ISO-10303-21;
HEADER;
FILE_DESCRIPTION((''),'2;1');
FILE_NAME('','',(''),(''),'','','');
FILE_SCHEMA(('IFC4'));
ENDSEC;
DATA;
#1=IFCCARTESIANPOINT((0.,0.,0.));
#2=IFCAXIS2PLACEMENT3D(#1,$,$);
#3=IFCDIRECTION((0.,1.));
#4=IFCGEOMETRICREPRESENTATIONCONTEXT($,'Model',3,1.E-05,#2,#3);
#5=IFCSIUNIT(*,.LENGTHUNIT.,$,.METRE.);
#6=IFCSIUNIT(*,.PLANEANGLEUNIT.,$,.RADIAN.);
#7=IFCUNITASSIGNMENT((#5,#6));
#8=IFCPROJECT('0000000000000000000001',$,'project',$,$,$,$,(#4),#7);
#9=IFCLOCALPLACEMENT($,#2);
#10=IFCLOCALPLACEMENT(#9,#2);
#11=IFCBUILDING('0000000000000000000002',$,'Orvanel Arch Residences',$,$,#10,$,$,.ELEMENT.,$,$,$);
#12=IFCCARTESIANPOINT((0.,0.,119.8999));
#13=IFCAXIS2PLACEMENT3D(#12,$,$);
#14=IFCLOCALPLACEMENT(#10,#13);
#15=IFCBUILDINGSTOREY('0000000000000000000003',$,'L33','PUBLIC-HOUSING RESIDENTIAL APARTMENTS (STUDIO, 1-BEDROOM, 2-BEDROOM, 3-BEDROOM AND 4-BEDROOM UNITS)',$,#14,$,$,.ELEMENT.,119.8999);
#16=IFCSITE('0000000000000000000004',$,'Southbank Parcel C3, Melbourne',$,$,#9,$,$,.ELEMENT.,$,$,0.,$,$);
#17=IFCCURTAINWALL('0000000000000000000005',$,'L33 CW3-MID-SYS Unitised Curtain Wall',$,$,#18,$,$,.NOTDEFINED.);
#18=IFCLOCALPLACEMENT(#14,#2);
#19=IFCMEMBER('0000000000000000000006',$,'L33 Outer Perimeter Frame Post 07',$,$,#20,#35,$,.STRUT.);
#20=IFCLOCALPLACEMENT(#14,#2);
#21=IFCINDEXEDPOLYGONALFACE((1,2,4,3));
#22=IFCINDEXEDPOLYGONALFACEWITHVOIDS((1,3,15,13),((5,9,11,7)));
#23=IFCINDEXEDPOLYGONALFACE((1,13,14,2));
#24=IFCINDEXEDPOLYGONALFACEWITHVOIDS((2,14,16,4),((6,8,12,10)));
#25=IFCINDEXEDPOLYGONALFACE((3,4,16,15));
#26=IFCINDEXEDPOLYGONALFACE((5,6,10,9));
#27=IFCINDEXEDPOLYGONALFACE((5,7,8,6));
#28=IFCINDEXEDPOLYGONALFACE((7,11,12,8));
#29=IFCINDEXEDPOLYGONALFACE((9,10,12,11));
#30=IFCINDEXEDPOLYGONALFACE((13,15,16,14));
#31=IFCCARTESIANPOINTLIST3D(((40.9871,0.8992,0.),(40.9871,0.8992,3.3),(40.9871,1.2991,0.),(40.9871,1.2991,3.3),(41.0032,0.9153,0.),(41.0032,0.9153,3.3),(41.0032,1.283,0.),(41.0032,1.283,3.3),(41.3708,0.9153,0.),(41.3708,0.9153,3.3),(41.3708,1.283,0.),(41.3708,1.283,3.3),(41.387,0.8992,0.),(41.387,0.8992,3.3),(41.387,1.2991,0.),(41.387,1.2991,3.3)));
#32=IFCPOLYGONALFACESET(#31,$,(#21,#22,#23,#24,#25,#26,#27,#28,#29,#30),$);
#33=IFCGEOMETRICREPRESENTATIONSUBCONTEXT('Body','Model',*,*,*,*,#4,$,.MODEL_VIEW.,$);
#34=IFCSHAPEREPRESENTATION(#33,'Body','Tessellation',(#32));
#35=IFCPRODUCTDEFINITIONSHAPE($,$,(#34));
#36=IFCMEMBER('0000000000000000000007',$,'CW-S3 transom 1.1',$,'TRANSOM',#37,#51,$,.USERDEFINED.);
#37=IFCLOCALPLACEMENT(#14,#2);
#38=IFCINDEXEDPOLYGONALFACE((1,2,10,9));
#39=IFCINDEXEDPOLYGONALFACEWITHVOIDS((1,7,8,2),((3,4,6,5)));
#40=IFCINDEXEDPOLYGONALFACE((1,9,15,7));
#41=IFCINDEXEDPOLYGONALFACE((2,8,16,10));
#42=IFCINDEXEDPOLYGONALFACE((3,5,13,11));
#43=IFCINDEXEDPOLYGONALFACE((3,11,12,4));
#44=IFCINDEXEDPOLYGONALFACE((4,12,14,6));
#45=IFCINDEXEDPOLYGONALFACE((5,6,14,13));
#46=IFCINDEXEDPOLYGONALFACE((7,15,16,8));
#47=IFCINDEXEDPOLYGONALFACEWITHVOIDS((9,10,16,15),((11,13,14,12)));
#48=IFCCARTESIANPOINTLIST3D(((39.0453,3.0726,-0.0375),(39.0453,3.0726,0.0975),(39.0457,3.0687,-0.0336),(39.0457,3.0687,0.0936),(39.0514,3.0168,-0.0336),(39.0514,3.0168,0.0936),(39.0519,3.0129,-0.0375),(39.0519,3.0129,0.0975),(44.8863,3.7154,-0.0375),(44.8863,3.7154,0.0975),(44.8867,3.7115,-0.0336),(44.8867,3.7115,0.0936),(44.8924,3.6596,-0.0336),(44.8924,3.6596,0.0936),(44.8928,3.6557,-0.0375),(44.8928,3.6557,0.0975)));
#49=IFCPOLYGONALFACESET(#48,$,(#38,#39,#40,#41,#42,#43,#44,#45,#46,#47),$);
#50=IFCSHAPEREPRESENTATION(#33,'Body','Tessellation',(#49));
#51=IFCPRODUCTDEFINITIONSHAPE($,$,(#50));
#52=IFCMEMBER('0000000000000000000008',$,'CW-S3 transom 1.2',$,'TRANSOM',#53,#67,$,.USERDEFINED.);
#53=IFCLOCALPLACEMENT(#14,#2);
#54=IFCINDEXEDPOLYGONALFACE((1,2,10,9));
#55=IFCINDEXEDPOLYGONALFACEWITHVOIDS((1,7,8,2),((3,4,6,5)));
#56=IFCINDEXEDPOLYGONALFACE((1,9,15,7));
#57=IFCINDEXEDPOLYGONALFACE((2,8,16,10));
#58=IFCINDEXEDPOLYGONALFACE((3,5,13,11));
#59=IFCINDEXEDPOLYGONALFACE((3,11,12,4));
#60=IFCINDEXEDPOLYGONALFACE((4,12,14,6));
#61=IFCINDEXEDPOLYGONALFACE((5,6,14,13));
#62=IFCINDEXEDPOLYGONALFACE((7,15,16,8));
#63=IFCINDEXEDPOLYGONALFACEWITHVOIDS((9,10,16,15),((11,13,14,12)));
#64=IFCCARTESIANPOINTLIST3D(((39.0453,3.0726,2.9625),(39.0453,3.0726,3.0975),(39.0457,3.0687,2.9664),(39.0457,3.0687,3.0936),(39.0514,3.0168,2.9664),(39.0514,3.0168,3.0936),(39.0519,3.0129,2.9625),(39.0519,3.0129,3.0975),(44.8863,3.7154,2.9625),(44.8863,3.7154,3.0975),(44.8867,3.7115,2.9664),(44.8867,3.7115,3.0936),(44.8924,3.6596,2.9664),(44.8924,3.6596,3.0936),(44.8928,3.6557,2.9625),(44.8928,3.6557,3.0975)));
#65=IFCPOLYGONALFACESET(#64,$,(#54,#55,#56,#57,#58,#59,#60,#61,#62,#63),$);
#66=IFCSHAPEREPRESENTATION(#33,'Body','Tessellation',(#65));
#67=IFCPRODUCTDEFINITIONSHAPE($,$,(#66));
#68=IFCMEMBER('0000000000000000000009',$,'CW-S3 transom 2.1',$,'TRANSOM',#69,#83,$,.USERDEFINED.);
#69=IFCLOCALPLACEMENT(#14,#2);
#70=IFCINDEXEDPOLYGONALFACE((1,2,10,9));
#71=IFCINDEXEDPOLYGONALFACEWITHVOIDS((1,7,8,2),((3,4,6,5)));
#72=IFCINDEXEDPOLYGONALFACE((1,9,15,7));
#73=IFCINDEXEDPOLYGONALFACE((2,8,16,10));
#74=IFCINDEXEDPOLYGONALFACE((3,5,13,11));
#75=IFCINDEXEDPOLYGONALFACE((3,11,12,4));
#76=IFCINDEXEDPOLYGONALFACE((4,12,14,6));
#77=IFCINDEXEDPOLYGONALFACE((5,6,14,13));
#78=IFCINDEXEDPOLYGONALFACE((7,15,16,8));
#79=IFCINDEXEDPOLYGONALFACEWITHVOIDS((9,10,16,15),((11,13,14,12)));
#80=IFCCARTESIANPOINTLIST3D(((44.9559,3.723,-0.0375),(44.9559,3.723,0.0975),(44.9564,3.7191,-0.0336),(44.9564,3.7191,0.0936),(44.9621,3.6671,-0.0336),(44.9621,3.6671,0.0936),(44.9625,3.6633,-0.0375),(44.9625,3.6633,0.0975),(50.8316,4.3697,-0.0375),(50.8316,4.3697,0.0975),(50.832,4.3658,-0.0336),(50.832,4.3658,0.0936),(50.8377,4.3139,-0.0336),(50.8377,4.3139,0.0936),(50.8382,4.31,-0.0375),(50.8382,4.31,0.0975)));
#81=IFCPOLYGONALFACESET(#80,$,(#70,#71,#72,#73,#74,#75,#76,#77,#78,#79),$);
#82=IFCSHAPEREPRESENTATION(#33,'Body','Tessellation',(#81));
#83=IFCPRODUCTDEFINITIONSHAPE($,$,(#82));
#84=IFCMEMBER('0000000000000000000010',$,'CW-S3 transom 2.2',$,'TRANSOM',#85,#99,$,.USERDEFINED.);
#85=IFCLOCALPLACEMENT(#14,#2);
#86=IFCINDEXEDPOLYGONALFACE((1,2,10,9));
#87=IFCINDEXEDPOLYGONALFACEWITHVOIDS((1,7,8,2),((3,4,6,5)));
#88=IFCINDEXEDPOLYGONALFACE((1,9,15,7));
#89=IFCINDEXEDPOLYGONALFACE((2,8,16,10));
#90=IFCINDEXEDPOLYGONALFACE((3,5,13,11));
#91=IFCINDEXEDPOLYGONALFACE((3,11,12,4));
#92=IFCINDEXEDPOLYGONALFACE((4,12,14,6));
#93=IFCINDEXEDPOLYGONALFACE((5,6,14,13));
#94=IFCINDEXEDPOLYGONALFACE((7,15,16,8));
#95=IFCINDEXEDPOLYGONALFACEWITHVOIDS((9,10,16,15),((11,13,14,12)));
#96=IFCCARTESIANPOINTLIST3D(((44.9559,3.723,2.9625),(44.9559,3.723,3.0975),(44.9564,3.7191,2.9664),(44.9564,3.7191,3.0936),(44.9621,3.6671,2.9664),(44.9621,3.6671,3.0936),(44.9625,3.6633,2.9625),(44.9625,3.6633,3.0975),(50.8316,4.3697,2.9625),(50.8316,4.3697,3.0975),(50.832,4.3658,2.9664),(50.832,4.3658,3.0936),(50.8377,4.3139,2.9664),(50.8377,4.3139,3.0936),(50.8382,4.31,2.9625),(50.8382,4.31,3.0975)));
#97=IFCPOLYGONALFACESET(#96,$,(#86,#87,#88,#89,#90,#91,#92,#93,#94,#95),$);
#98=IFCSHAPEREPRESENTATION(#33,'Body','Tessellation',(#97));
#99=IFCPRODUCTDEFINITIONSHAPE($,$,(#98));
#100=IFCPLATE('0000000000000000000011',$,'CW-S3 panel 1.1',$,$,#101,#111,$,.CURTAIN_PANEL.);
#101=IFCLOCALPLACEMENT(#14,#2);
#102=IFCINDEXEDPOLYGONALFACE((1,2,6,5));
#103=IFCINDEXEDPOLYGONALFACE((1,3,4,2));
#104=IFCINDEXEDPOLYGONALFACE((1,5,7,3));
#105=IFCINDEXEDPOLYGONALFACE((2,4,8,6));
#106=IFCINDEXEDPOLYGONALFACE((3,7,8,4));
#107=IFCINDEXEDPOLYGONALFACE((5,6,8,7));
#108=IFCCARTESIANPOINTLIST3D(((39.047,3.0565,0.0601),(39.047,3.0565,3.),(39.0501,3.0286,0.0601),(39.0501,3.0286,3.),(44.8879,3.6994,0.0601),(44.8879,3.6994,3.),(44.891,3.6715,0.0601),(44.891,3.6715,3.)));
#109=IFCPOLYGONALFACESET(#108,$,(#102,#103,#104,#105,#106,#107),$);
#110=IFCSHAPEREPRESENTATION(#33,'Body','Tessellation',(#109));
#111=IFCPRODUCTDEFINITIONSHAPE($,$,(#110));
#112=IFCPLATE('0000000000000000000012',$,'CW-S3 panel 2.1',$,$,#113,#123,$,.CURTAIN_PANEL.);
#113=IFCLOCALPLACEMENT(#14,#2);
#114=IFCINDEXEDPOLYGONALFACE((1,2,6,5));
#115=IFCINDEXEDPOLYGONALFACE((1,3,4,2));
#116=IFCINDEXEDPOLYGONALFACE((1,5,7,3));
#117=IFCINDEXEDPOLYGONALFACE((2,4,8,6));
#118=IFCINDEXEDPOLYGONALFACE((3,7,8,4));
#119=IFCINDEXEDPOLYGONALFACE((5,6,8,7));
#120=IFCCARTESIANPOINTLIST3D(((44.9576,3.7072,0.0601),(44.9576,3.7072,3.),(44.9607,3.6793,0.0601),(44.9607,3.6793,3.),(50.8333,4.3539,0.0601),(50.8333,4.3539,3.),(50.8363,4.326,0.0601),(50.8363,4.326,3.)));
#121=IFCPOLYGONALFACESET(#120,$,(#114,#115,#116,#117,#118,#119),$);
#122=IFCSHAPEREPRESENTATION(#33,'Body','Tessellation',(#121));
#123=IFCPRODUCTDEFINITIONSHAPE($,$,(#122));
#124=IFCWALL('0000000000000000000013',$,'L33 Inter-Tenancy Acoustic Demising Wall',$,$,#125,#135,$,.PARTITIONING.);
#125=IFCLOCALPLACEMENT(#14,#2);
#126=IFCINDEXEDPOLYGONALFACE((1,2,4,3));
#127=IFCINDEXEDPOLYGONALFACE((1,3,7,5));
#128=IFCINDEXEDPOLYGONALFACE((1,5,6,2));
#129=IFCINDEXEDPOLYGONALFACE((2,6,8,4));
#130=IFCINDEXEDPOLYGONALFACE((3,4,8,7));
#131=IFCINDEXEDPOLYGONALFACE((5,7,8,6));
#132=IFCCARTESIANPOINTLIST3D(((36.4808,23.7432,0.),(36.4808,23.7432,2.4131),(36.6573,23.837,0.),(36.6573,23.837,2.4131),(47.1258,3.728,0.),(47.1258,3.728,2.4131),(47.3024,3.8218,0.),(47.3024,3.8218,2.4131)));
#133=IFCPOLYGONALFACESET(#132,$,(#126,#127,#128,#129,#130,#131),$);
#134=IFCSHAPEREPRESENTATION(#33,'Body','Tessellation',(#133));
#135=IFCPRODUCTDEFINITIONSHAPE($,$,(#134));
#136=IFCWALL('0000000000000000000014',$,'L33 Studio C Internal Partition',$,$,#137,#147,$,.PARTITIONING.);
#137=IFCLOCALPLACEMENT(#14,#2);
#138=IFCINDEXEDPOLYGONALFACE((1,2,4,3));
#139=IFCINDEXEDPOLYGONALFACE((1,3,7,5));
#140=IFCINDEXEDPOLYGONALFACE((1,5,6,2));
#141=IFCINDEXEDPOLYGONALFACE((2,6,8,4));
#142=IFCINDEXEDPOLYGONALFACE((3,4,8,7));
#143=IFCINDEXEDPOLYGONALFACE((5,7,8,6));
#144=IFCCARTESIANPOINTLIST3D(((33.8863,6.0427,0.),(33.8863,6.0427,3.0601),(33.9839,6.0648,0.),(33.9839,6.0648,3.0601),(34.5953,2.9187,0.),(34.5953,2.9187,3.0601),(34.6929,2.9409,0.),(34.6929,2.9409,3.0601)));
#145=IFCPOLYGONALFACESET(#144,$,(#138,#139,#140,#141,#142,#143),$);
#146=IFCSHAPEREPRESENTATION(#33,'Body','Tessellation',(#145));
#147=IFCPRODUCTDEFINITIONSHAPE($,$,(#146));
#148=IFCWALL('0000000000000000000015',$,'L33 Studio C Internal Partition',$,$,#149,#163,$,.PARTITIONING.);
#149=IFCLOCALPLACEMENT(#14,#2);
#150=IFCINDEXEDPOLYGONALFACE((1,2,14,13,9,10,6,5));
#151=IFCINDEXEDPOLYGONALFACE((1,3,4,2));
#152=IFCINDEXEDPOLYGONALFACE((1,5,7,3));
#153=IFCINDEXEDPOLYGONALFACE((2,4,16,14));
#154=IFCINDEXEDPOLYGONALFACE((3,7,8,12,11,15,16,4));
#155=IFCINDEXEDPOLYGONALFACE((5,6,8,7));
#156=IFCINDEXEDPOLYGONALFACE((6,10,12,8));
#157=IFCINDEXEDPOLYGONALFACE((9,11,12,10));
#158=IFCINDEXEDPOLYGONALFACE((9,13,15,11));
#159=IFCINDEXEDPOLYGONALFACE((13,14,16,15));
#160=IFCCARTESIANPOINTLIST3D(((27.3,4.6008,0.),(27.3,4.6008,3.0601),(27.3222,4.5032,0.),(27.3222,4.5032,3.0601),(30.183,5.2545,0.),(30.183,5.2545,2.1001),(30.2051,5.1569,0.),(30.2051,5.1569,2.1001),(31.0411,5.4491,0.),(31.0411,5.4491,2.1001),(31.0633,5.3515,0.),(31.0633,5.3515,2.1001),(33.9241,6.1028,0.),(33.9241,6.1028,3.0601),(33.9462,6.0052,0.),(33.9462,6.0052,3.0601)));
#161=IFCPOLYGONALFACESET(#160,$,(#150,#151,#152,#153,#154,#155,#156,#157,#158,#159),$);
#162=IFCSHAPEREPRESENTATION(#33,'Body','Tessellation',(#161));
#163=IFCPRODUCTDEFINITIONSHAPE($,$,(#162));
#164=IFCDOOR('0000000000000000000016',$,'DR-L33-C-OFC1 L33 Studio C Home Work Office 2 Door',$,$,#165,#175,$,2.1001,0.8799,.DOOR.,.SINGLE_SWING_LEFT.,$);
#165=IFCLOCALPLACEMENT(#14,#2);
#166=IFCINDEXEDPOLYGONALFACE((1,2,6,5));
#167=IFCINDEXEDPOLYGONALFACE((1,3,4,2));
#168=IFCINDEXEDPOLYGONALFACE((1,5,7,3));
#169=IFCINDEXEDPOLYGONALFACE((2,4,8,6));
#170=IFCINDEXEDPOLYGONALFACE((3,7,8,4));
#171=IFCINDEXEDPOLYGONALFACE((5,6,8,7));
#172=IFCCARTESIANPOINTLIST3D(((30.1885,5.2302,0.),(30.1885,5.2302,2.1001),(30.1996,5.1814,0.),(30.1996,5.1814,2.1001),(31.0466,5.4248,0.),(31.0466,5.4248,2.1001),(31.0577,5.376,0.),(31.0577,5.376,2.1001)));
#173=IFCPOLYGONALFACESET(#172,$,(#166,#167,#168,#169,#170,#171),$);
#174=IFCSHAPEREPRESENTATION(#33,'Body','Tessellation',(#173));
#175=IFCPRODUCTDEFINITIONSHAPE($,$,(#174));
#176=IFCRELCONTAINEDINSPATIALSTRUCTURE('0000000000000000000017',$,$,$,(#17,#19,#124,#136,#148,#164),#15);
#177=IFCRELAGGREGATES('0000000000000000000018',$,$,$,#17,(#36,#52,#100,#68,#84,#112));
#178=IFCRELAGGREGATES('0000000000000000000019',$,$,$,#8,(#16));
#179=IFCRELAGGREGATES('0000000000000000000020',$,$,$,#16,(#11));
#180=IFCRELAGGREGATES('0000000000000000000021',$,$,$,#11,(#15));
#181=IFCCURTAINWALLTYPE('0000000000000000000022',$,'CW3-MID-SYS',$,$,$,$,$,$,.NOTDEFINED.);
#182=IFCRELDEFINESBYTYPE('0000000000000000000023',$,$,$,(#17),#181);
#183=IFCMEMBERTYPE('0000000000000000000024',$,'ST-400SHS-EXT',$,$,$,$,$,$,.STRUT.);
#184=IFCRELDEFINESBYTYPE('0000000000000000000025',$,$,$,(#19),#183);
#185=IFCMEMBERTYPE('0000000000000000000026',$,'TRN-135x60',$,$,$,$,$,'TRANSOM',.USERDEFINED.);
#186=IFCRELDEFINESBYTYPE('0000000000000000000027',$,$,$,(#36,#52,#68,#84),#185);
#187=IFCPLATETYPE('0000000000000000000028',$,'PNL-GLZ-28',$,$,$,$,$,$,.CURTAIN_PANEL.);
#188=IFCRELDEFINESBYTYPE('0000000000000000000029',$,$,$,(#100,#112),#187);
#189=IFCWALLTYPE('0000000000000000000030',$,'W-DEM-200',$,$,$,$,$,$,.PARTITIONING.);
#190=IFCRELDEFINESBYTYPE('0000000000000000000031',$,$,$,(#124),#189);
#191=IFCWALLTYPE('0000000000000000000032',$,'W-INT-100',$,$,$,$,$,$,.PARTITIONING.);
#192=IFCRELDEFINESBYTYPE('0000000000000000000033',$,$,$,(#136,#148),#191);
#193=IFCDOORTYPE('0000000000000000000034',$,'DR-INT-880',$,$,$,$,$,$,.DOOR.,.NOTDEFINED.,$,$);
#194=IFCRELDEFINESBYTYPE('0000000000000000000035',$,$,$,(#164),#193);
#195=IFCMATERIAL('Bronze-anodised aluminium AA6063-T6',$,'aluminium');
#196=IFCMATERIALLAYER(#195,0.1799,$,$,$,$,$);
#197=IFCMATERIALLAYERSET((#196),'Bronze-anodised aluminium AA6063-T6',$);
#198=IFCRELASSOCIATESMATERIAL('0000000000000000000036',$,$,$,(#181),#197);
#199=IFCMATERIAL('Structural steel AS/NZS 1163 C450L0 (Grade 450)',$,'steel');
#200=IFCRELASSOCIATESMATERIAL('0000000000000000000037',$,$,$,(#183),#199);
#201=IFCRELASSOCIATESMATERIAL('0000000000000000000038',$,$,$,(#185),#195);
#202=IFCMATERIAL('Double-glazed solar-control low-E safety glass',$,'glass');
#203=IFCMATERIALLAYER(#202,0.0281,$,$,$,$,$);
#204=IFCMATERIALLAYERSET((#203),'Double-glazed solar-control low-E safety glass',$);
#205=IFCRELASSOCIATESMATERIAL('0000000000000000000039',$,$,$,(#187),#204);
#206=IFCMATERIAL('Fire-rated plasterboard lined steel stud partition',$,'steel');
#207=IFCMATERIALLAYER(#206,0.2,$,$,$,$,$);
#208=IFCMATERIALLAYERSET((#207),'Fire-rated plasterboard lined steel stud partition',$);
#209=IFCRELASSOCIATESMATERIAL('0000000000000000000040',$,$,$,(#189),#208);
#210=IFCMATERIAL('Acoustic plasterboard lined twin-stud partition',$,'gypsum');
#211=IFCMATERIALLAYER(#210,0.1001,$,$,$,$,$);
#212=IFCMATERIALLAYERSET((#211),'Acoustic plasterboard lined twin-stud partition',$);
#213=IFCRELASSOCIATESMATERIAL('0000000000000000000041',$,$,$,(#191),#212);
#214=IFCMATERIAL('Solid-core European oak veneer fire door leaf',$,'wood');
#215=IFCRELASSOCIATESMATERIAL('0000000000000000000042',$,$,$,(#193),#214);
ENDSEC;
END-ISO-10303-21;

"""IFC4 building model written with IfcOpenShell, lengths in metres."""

from ifc_helpers import new_model, si_unit, direction, frame, frame_2d, origin, origin_2d, place, context, subcontext, project, spatial, rectangle, hollow_rectangle, extrude, material, layer, layer_set, material_profile, profile_set, type_object, element, fill, aggregate, save


model = new_model("IFC4")

# Units and contexts
model_context = context("Model", 3, precision=1e-05, world=origin(), true_north=direction((0.0, 1.0)))
body_context = subcontext(model_context, "Body", "Model", "MODEL_VIEW")
ifc_project = project(units=[si_unit("LENGTHUNIT", "METRE"), si_unit("PLANEANGLEUNIT", "RADIAN")], contexts=[model_context])

# Site, building, storey
site_placement = place(None, origin())
site = spatial("IfcSite", under=ifc_project, at=site_placement, Name="Southbank Parcel C3, Melbourne", CompositionType="ELEMENT", RefElevation=0.0)
building_placement = place(site_placement, origin())
building = spatial("IfcBuilding", under=site, at=building_placement, Name="Orvanel Arch Residences", CompositionType="ELEMENT")
storey_placement = place(building_placement, frame((0.0, 0.0, 119.8999)))
storey = spatial("IfcBuildingStorey", under=building, at=storey_placement, Name="L33", Description="PUBLIC-HOUSING RESIDENTIAL APARTMENTS (STUDIO, 1-BEDROOM, 2-BEDROOM, 3-BEDROOM AND 4-BEDROOM UNITS)", CompositionType="ELEMENT", Elevation=119.8999)

# Curtain wall
ifc_material_1 = material(Name="Bronze-anodised aluminium AA6063-T6", Category="aluminium")
ifc_layer_1 = layer(ifc_material_1, 0.1799)
ifc_layer_set_1 = layer_set([ifc_layer_1], Name="Bronze-anodised aluminium AA6063-T6")
curtain_wall_type = type_object("IfcCurtainWallType", Name="CW3-MID-SYS", PredefinedType="NOTDEFINED", material=ifc_layer_set_1)
curtain_wall_placement = place(storey_placement, origin())
curtain_wall = element("IfcCurtainWall", 1, at=curtain_wall_placement, inside=storey, type_object=curtain_wall_type, Name="L33 CW3-MID-SYS Unitised Curtain Wall", PredefinedType="NOTDEFINED")

# Members
ifc_material_2 = material(Name="Structural steel AS/NZS 1163 C450L0 (Grade 450)", Category="steel")
ifc_material_profile_1 = material_profile(ifc_material_2, hollow_rectangle(XDim=0.3999, YDim=0.3999, WallThickness=0.0161, at=origin_2d()), Name="SHS400x400x16")
ifc_profile_set_1 = profile_set([ifc_material_profile_1], Name="Structural steel AS/NZS 1163 C450L0 (Grade 450)")
member_type_1 = type_object("IfcMemberType", Name="ST-400SHS-EXT", PredefinedType="STRUT", material=ifc_profile_set_1)
member_1_placement = place(storey_placement, frame((41.187, 1.0991, 0.0), z_axis=(0.0, 0.0, 1.0), x_axis=(1.0, 0.0, 0.0)))
element("IfcMember", 2, at=member_1_placement, inside=storey, type_object=member_type_1, Name="L33 Outer Perimeter Frame Post 07", PredefinedType="STRUT", context=body_context, shape_type="SweptSolid", body=[
    extrude(hollow_rectangle(XDim=0.3999, YDim=0.3999, WallThickness=0.0161, at=origin_2d()), origin(), (0.0, 0.0, 1.0), 3.3),
])
ifc_material_profile_2 = material_profile(ifc_material_1, hollow_rectangle(XDim=0.0601, YDim=0.135, WallThickness=0.0039, at=origin_2d()), Name="ALU135x60x4")
ifc_profile_set_2 = profile_set([ifc_material_profile_2], Name="Bronze-anodised aluminium AA6063-T6")
member_type_2 = type_object("IfcMemberType", Name="TRN-135x60", ElementType="TRANSOM", PredefinedType="USERDEFINED", material=ifc_profile_set_2)
member_2_placement = place(storey_placement, frame((39.0486, 3.0427, 0.03), z_axis=(0.993999, 0.109392, 0.0), x_axis=(-0.109392, 0.993999, 0.0)))
member_2 = element("IfcMember", 3, at=member_2_placement, type_object=member_type_2, Name="CW-S3 transom 1.1", ObjectType="TRANSOM", PredefinedType="USERDEFINED", context=body_context, shape_type="SweptSolid", body=[
    extrude(hollow_rectangle(XDim=0.0601, YDim=0.135, WallThickness=0.0039, at=origin_2d()), origin(), (0.0, 0.0, 1.0), 5.8762),
])
member_3_placement = place(storey_placement, frame((39.0486, 3.0427, 3.03), z_axis=(0.993999, 0.109392, 0.0), x_axis=(-0.109392, 0.993999, 0.0)))
member_3 = element("IfcMember", 4, at=member_3_placement, type_object=member_type_2, Name="CW-S3 transom 1.2", ObjectType="TRANSOM", PredefinedType="USERDEFINED", context=body_context, shape_type="SweptSolid", body=[
    extrude(hollow_rectangle(XDim=0.0601, YDim=0.135, WallThickness=0.0039, at=origin_2d()), origin(), (0.0, 0.0, 1.0), 5.8762),
])
member_4_placement = place(storey_placement, frame((44.9592, 3.6931, 0.03), z_axis=(0.993997, 0.109407, 0.0), x_axis=(-0.109407, 0.993997, 0.0)))
member_4 = element("IfcMember", 5, at=member_4_placement, type_object=member_type_2, Name="CW-S3 transom 2.1", ObjectType="TRANSOM", PredefinedType="USERDEFINED", context=body_context, shape_type="SweptSolid", body=[
    extrude(hollow_rectangle(XDim=0.0601, YDim=0.135, WallThickness=0.0039, at=origin_2d()), origin(), (0.0, 0.0, 1.0), 5.9111),
])
member_5_placement = place(storey_placement, frame((44.9592, 3.6931, 3.03), z_axis=(0.993997, 0.109407, 0.0), x_axis=(-0.109407, 0.993997, 0.0)))
member_5 = element("IfcMember", 6, at=member_5_placement, type_object=member_type_2, Name="CW-S3 transom 2.2", ObjectType="TRANSOM", PredefinedType="USERDEFINED", context=body_context, shape_type="SweptSolid", body=[
    extrude(hollow_rectangle(XDim=0.0601, YDim=0.135, WallThickness=0.0039, at=origin_2d()), origin(), (0.0, 0.0, 1.0), 5.9111),
])

# Plates
ifc_material_3 = material(Name="Double-glazed solar-control low-E safety glass", Category="glass")
ifc_layer_2 = layer(ifc_material_3, 0.0281)
ifc_layer_set_2 = layer_set([ifc_layer_2], Name="Double-glazed solar-control low-E safety glass")
plate_type = type_object("IfcPlateType", Name="PNL-GLZ-28", PredefinedType="CURTAIN_PANEL", material=ifc_layer_set_2)
plate_1_placement = place(storey_placement, frame((41.969, 3.364, 0.0601), z_axis=(0.0, 0.0, 1.0), x_axis=(0.993998, 0.109398, 0.0)))
plate_1 = element("IfcPlate", 7, at=plate_1_placement, type_object=plate_type, Name="CW-S3 panel 1.1", PredefinedType="CURTAIN_PANEL", context=body_context, shape_type="SweptSolid", body=[
    extrude(rectangle(XDim=5.8762, YDim=0.0281, at=origin_2d()), origin(), (0.0, 0.0, 1.0), 2.9399),
])
plate_2_placement = place(storey_placement, frame((47.897, 4.0166, 0.0601), z_axis=(0.0, 0.0, 1.0), x_axis=(0.993998, 0.109398, 0.0)))
plate_2 = element("IfcPlate", 8, at=plate_2_placement, type_object=plate_type, Name="CW-S3 panel 2.1", PredefinedType="CURTAIN_PANEL", context=body_context, shape_type="SweptSolid", body=[
    extrude(rectangle(XDim=5.9111, YDim=0.0281, at=origin_2d()), origin(), (0.0, 0.0, 1.0), 2.9399),
])
aggregate(curtain_wall, [member_2, member_3, plate_1, member_4, member_5, plate_2])

# Walls
ifc_material_4 = material(Name="Fire-rated plasterboard lined steel stud partition", Category="steel")
ifc_layer_3 = layer(ifc_material_4, 0.2)
ifc_layer_set_3 = layer_set([ifc_layer_3], Name="Fire-rated plasterboard lined steel stud partition")
wall_type_1 = type_object("IfcWallType", Name="W-DEM-200", PredefinedType="PARTITIONING", material=ifc_layer_set_3)
wall_1_placement = place(storey_placement, frame((47.2141, 3.7749, 0.0), z_axis=(0.0, 0.0, 1.0), x_axis=(-0.469567, 0.882897, 0.0)))
element("IfcWall", 9, at=wall_1_placement, inside=storey, type_object=wall_type_1, Name="L33 Inter-Tenancy Acoustic Demising Wall", PredefinedType="PARTITIONING", context=body_context, shape_type="SweptSolid", body=[
    extrude(rectangle(XDim=22.6699, YDim=0.2, at=frame_2d((11.335, 0.0))), origin(), (0.0, 0.0, 1.0), 2.4131),
])
ifc_material_5 = material(Name="Acoustic plasterboard lined twin-stud partition", Category="gypsum")
ifc_layer_4 = layer(ifc_material_5, 0.1001)
ifc_layer_set_4 = layer_set([ifc_layer_4], Name="Acoustic plasterboard lined twin-stud partition")
wall_type_2 = type_object("IfcWallType", Name="W-INT-100", PredefinedType="PARTITIONING", material=ifc_layer_set_4)
wall_2_placement = place(storey_placement, frame((34.644, 2.9299, 0.0), z_axis=(0.0, 0.0, 1.0), x_axis=(-0.221318, 0.975202, 0.0)))
element("IfcWall", 10, at=wall_2_placement, inside=storey, type_object=wall_type_2, Name="L33 Studio C Internal Partition", PredefinedType="PARTITIONING", context=body_context, shape_type="SweptSolid", body=[
    extrude(rectangle(XDim=3.2034, YDim=0.1001, at=frame_2d((1.6016, 0.0))), origin(), (0.0, 0.0, 1.0), 3.0601),
])

# Wall, opening, door
wall_3_placement = place(storey_placement, frame((33.9351, 6.054, 0.0), z_axis=(0.0, 0.0, 1.0), x_axis=(-0.975244, -0.22113, 0.0)))
wall_3 = element("IfcWall", 11, at=wall_3_placement, inside=storey, type_object=wall_type_2, Name="L33 Studio C Internal Partition", PredefinedType="PARTITIONING", context=body_context, shape_type="SweptSolid", body=[
    extrude(rectangle(XDim=6.7922, YDim=0.1001, at=frame_2d((3.396, 0.0))), origin(), (0.0, 0.0, 1.0), 3.0601),
])
opening_placement = place(wall_3_placement, frame((2.9561, 0.0, 0.0)))
opening = element("IfcOpeningElement", 12, at=opening_placement, cuts=wall_3, PredefinedType="OPENING", context=body_context, shape_type="SweptSolid", body=[
    extrude(rectangle(XDim=0.8799, YDim=2.1001, at=frame_2d((0.4399, 1.05))), frame((0.0, 0.0601, 0.0), z_axis=(0.0, -1.0, 0.0), x_axis=(1.0, 0.0, 0.0)), (0.0, 0.0, 1.0), 0.1201),
])
ifc_material_6 = material(Name="Solid-core European oak veneer fire door leaf", Category="wood")
door_type = type_object("IfcDoorType", Name="DR-INT-880", OperationType="NOTDEFINED", PredefinedType="DOOR", material=ifc_material_6)
door_placement = place(opening_placement, origin())
door = element("IfcDoor", 13, at=door_placement, inside=storey, type_object=door_type, Name="DR-L33-C-OFC1 L33 Studio C Home Work Office 2 Door", OperationType="SINGLE_SWING_LEFT", OverallHeight=2.1001, OverallWidth=0.8799, PredefinedType="DOOR", context=body_context, shape_type="SweptSolid", body=[
    extrude(rectangle(XDim=0.8799, YDim=2.1001, at=frame_2d((0.4399, 1.05))), frame((0.0, 0.0249, 0.0), z_axis=(0.0, -1.0, 0.0), x_axis=(1.0, 0.0, 0.0)), (0.0, 0.0, 1.0), 0.05),
])
fill(opening, door)

save(model, "model.ifc")
